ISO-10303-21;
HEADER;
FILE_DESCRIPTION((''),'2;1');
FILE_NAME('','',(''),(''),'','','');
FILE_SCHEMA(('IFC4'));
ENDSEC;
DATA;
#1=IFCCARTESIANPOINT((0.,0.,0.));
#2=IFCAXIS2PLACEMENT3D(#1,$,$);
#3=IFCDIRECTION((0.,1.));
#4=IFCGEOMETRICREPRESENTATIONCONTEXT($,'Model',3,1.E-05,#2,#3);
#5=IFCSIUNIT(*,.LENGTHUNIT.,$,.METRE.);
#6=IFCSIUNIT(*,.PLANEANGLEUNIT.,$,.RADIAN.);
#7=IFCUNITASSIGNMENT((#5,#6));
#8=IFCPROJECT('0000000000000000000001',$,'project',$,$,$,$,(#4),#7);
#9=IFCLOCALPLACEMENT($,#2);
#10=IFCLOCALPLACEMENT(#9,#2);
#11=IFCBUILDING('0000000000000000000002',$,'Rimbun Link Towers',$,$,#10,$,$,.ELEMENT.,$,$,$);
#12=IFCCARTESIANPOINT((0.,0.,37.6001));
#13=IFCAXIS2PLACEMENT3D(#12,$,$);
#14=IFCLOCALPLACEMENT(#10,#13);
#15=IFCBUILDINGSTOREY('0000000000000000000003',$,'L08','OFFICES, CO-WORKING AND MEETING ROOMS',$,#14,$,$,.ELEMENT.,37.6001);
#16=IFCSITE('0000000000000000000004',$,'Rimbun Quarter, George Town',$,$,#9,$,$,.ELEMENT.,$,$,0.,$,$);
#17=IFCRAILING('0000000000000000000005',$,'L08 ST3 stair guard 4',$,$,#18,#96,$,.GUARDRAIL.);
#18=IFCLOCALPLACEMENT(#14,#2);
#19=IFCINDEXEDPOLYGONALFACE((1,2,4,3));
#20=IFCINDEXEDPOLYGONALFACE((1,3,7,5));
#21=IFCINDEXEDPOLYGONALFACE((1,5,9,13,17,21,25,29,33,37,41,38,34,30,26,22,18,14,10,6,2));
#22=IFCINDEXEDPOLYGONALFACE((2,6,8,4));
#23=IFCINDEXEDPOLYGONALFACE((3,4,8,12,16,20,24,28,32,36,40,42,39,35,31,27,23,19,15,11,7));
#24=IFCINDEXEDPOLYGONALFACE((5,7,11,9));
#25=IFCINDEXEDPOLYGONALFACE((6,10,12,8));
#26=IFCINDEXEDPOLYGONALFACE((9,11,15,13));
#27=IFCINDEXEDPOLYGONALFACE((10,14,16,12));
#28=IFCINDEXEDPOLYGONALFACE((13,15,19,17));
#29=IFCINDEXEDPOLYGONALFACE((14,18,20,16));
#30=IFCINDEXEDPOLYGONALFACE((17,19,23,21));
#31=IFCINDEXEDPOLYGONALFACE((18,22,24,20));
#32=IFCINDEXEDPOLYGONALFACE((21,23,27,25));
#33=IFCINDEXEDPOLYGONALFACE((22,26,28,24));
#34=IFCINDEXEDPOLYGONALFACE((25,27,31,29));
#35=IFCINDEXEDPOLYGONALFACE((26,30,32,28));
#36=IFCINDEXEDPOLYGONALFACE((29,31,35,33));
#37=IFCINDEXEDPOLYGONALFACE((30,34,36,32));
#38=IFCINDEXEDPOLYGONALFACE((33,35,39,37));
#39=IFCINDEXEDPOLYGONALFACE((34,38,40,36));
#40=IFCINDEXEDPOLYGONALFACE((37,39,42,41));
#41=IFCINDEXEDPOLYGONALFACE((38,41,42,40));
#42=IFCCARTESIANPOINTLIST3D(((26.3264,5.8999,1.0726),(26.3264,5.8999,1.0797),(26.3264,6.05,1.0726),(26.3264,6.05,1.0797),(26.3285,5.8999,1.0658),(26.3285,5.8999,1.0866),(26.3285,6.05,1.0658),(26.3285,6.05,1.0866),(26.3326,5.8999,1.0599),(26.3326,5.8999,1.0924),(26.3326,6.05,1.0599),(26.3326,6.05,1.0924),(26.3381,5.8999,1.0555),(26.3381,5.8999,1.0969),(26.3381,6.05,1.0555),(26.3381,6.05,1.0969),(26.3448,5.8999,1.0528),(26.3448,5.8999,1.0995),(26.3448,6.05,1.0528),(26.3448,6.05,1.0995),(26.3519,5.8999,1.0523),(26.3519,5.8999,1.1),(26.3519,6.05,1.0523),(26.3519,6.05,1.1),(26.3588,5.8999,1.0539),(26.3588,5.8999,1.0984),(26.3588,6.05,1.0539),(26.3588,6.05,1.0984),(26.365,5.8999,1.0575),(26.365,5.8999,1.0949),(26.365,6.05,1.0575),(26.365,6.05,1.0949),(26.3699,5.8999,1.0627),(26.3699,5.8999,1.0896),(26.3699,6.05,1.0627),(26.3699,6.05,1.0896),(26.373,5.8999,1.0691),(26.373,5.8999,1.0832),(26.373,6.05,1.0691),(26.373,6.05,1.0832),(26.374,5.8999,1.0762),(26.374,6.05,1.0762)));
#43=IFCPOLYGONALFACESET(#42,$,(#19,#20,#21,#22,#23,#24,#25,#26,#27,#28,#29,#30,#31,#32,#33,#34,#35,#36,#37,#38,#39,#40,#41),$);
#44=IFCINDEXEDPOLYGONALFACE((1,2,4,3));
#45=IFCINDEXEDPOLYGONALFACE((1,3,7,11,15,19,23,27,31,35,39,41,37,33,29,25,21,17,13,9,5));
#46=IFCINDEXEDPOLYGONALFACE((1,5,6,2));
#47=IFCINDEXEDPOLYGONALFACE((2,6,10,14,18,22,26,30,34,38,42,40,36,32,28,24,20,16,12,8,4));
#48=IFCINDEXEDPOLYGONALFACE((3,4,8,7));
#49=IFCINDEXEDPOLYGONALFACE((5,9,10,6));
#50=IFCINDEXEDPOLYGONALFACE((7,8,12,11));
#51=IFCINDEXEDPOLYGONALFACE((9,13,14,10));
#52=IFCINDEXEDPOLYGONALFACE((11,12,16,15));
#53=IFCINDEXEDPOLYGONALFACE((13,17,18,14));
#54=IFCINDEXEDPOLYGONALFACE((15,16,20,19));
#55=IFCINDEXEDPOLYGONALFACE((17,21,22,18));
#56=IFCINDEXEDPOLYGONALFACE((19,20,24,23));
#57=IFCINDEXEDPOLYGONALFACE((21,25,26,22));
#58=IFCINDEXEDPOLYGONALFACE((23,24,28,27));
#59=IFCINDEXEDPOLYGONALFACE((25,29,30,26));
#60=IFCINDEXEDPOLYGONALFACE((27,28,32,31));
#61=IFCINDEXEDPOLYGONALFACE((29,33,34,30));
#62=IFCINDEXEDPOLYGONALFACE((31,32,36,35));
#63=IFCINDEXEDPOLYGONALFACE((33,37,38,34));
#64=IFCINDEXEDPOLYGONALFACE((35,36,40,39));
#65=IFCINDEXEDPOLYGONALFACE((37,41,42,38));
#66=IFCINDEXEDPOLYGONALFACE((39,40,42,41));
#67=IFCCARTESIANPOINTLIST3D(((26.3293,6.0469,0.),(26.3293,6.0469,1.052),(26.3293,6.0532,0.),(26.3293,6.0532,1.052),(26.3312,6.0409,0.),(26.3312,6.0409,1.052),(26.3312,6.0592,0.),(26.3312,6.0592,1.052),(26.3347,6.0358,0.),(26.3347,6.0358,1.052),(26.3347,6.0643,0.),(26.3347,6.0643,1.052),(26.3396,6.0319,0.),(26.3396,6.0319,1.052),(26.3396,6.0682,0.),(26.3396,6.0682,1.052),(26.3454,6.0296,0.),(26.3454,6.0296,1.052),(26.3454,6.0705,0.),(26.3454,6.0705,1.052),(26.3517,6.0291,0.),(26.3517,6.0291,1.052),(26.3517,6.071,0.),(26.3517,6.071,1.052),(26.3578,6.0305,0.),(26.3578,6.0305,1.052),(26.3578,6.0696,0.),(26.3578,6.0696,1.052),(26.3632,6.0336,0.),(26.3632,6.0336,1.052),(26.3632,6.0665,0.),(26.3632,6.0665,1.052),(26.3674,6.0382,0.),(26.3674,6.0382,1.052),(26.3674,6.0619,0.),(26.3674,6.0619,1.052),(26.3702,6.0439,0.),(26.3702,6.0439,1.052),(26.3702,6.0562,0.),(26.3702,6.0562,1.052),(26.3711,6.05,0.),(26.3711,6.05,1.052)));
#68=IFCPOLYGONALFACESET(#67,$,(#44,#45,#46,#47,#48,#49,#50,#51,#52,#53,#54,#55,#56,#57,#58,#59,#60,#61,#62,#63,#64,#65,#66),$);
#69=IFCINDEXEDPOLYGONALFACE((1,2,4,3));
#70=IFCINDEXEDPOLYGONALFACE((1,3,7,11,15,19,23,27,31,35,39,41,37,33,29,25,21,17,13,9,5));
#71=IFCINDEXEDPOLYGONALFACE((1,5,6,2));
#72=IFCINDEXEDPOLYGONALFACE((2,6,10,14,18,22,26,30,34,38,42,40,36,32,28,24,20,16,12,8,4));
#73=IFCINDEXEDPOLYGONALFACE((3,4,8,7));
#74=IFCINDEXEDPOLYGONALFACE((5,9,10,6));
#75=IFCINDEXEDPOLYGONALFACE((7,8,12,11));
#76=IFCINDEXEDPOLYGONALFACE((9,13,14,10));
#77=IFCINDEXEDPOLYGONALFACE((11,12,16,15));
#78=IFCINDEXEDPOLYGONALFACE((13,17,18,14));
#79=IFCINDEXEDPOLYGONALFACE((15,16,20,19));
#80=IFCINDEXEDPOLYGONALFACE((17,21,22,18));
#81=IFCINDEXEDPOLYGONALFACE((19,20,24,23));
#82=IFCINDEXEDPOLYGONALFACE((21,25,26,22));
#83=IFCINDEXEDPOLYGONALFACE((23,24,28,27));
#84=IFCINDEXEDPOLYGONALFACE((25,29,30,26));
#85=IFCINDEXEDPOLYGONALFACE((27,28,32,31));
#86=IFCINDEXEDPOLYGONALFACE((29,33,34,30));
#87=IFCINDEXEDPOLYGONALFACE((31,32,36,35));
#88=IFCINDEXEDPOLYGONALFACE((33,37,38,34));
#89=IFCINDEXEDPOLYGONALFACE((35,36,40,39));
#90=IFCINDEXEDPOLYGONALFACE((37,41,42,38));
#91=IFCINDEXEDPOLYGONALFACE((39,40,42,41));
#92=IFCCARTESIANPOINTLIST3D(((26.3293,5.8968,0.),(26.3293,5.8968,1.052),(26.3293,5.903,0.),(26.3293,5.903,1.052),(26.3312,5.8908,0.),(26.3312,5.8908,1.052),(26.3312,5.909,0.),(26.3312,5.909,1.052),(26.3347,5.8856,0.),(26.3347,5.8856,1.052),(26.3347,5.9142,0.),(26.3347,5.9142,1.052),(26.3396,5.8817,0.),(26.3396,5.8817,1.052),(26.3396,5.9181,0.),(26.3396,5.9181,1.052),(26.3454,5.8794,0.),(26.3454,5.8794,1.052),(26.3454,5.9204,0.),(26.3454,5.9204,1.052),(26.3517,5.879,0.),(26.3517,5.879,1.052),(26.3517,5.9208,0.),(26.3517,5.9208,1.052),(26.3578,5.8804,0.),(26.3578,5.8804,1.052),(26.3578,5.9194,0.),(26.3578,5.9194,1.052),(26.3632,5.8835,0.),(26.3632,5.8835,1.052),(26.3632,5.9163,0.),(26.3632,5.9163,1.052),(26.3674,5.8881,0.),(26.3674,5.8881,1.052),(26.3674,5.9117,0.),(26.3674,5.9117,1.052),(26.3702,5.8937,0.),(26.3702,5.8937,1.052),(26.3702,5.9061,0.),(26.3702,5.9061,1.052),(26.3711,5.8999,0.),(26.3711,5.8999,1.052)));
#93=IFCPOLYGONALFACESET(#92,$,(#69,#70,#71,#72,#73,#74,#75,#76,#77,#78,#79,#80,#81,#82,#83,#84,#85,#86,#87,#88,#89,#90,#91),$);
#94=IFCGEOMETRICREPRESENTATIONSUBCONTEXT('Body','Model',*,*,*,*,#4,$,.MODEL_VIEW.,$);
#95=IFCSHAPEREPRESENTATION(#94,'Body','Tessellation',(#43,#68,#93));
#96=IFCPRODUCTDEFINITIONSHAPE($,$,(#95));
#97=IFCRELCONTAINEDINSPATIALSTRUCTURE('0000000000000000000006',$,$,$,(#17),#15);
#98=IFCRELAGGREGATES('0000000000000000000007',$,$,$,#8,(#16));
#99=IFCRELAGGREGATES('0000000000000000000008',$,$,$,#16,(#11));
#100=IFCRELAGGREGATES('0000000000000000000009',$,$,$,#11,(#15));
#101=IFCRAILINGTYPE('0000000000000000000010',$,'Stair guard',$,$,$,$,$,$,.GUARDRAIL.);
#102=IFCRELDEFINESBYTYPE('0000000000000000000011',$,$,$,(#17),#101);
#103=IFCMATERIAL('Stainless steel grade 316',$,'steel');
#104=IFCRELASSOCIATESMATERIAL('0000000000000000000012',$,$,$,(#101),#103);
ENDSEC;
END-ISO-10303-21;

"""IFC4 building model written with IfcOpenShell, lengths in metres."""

from ifc_helpers import new_model, si_unit, direction, frame, origin, origin_2d, place, context, subcontext, project, spatial, circle, extrude, material, type_object, element, save


model = new_model("IFC4")

# Units and contexts
model_context = context("Model", 3, precision=1e-05, world=origin(), true_north=direction((0.0, 1.0)))
body_context = subcontext(model_context, "Body", "Model", "MODEL_VIEW")
ifc_project = project(units=[si_unit("LENGTHUNIT", "METRE"), si_unit("PLANEANGLEUNIT", "RADIAN")], contexts=[model_context])

# Site, building, storey
site_placement = place(None, origin())
site = spatial("IfcSite", under=ifc_project, at=site_placement, Name="Rimbun Quarter, George Town", CompositionType="ELEMENT", RefElevation=0.0)
building_placement = place(site_placement, origin())
building = spatial("IfcBuilding", under=site, at=building_placement, Name="Rimbun Link Towers", CompositionType="ELEMENT")
storey_placement = place(building_placement, frame((0.0, 0.0, 37.6001)))
storey = spatial("IfcBuildingStorey", under=building, at=storey_placement, Name="L08", Description="OFFICES, CO-WORKING AND MEETING ROOMS", CompositionType="ELEMENT", Elevation=37.6001)

# Railing
ifc_material_1 = material(Name="Stainless steel grade 316", Category="steel")
railing_type_1 = type_object("IfcRailingType", Name="Stair guard", PredefinedType="GUARDRAIL", material=ifc_material_1)
railing_1_placement = place(storey_placement, frame((26.3501, 6.05, 0.0)))
element("IfcRailing", 1, at=railing_1_placement, inside=storey, type_object=railing_type_1, Name="L08 ST3 stair guard 4", PredefinedType="GUARDRAIL", context=body_context, shape_type="SweptSolid", body=[
    extrude(circle(Radius=0.0239, at=origin_2d()), frame((0.0, 0.0, 1.0762), z_axis=(0.0, -1.0, 0.0), x_axis=(1.0, 0.0, 0.0)), (0.0, 0.0, 1.0), 0.1501),
    extrude(circle(Radius=0.021, at=origin_2d()), origin(), (0.0, 0.0, 1.0), 1.052),
    extrude(circle(Radius=0.021, at=origin_2d()), frame((0.0, -0.1501, 0.0)), (0.0, 0.0, 1.0), 1.052),
])

save(model, "model.ifc")
